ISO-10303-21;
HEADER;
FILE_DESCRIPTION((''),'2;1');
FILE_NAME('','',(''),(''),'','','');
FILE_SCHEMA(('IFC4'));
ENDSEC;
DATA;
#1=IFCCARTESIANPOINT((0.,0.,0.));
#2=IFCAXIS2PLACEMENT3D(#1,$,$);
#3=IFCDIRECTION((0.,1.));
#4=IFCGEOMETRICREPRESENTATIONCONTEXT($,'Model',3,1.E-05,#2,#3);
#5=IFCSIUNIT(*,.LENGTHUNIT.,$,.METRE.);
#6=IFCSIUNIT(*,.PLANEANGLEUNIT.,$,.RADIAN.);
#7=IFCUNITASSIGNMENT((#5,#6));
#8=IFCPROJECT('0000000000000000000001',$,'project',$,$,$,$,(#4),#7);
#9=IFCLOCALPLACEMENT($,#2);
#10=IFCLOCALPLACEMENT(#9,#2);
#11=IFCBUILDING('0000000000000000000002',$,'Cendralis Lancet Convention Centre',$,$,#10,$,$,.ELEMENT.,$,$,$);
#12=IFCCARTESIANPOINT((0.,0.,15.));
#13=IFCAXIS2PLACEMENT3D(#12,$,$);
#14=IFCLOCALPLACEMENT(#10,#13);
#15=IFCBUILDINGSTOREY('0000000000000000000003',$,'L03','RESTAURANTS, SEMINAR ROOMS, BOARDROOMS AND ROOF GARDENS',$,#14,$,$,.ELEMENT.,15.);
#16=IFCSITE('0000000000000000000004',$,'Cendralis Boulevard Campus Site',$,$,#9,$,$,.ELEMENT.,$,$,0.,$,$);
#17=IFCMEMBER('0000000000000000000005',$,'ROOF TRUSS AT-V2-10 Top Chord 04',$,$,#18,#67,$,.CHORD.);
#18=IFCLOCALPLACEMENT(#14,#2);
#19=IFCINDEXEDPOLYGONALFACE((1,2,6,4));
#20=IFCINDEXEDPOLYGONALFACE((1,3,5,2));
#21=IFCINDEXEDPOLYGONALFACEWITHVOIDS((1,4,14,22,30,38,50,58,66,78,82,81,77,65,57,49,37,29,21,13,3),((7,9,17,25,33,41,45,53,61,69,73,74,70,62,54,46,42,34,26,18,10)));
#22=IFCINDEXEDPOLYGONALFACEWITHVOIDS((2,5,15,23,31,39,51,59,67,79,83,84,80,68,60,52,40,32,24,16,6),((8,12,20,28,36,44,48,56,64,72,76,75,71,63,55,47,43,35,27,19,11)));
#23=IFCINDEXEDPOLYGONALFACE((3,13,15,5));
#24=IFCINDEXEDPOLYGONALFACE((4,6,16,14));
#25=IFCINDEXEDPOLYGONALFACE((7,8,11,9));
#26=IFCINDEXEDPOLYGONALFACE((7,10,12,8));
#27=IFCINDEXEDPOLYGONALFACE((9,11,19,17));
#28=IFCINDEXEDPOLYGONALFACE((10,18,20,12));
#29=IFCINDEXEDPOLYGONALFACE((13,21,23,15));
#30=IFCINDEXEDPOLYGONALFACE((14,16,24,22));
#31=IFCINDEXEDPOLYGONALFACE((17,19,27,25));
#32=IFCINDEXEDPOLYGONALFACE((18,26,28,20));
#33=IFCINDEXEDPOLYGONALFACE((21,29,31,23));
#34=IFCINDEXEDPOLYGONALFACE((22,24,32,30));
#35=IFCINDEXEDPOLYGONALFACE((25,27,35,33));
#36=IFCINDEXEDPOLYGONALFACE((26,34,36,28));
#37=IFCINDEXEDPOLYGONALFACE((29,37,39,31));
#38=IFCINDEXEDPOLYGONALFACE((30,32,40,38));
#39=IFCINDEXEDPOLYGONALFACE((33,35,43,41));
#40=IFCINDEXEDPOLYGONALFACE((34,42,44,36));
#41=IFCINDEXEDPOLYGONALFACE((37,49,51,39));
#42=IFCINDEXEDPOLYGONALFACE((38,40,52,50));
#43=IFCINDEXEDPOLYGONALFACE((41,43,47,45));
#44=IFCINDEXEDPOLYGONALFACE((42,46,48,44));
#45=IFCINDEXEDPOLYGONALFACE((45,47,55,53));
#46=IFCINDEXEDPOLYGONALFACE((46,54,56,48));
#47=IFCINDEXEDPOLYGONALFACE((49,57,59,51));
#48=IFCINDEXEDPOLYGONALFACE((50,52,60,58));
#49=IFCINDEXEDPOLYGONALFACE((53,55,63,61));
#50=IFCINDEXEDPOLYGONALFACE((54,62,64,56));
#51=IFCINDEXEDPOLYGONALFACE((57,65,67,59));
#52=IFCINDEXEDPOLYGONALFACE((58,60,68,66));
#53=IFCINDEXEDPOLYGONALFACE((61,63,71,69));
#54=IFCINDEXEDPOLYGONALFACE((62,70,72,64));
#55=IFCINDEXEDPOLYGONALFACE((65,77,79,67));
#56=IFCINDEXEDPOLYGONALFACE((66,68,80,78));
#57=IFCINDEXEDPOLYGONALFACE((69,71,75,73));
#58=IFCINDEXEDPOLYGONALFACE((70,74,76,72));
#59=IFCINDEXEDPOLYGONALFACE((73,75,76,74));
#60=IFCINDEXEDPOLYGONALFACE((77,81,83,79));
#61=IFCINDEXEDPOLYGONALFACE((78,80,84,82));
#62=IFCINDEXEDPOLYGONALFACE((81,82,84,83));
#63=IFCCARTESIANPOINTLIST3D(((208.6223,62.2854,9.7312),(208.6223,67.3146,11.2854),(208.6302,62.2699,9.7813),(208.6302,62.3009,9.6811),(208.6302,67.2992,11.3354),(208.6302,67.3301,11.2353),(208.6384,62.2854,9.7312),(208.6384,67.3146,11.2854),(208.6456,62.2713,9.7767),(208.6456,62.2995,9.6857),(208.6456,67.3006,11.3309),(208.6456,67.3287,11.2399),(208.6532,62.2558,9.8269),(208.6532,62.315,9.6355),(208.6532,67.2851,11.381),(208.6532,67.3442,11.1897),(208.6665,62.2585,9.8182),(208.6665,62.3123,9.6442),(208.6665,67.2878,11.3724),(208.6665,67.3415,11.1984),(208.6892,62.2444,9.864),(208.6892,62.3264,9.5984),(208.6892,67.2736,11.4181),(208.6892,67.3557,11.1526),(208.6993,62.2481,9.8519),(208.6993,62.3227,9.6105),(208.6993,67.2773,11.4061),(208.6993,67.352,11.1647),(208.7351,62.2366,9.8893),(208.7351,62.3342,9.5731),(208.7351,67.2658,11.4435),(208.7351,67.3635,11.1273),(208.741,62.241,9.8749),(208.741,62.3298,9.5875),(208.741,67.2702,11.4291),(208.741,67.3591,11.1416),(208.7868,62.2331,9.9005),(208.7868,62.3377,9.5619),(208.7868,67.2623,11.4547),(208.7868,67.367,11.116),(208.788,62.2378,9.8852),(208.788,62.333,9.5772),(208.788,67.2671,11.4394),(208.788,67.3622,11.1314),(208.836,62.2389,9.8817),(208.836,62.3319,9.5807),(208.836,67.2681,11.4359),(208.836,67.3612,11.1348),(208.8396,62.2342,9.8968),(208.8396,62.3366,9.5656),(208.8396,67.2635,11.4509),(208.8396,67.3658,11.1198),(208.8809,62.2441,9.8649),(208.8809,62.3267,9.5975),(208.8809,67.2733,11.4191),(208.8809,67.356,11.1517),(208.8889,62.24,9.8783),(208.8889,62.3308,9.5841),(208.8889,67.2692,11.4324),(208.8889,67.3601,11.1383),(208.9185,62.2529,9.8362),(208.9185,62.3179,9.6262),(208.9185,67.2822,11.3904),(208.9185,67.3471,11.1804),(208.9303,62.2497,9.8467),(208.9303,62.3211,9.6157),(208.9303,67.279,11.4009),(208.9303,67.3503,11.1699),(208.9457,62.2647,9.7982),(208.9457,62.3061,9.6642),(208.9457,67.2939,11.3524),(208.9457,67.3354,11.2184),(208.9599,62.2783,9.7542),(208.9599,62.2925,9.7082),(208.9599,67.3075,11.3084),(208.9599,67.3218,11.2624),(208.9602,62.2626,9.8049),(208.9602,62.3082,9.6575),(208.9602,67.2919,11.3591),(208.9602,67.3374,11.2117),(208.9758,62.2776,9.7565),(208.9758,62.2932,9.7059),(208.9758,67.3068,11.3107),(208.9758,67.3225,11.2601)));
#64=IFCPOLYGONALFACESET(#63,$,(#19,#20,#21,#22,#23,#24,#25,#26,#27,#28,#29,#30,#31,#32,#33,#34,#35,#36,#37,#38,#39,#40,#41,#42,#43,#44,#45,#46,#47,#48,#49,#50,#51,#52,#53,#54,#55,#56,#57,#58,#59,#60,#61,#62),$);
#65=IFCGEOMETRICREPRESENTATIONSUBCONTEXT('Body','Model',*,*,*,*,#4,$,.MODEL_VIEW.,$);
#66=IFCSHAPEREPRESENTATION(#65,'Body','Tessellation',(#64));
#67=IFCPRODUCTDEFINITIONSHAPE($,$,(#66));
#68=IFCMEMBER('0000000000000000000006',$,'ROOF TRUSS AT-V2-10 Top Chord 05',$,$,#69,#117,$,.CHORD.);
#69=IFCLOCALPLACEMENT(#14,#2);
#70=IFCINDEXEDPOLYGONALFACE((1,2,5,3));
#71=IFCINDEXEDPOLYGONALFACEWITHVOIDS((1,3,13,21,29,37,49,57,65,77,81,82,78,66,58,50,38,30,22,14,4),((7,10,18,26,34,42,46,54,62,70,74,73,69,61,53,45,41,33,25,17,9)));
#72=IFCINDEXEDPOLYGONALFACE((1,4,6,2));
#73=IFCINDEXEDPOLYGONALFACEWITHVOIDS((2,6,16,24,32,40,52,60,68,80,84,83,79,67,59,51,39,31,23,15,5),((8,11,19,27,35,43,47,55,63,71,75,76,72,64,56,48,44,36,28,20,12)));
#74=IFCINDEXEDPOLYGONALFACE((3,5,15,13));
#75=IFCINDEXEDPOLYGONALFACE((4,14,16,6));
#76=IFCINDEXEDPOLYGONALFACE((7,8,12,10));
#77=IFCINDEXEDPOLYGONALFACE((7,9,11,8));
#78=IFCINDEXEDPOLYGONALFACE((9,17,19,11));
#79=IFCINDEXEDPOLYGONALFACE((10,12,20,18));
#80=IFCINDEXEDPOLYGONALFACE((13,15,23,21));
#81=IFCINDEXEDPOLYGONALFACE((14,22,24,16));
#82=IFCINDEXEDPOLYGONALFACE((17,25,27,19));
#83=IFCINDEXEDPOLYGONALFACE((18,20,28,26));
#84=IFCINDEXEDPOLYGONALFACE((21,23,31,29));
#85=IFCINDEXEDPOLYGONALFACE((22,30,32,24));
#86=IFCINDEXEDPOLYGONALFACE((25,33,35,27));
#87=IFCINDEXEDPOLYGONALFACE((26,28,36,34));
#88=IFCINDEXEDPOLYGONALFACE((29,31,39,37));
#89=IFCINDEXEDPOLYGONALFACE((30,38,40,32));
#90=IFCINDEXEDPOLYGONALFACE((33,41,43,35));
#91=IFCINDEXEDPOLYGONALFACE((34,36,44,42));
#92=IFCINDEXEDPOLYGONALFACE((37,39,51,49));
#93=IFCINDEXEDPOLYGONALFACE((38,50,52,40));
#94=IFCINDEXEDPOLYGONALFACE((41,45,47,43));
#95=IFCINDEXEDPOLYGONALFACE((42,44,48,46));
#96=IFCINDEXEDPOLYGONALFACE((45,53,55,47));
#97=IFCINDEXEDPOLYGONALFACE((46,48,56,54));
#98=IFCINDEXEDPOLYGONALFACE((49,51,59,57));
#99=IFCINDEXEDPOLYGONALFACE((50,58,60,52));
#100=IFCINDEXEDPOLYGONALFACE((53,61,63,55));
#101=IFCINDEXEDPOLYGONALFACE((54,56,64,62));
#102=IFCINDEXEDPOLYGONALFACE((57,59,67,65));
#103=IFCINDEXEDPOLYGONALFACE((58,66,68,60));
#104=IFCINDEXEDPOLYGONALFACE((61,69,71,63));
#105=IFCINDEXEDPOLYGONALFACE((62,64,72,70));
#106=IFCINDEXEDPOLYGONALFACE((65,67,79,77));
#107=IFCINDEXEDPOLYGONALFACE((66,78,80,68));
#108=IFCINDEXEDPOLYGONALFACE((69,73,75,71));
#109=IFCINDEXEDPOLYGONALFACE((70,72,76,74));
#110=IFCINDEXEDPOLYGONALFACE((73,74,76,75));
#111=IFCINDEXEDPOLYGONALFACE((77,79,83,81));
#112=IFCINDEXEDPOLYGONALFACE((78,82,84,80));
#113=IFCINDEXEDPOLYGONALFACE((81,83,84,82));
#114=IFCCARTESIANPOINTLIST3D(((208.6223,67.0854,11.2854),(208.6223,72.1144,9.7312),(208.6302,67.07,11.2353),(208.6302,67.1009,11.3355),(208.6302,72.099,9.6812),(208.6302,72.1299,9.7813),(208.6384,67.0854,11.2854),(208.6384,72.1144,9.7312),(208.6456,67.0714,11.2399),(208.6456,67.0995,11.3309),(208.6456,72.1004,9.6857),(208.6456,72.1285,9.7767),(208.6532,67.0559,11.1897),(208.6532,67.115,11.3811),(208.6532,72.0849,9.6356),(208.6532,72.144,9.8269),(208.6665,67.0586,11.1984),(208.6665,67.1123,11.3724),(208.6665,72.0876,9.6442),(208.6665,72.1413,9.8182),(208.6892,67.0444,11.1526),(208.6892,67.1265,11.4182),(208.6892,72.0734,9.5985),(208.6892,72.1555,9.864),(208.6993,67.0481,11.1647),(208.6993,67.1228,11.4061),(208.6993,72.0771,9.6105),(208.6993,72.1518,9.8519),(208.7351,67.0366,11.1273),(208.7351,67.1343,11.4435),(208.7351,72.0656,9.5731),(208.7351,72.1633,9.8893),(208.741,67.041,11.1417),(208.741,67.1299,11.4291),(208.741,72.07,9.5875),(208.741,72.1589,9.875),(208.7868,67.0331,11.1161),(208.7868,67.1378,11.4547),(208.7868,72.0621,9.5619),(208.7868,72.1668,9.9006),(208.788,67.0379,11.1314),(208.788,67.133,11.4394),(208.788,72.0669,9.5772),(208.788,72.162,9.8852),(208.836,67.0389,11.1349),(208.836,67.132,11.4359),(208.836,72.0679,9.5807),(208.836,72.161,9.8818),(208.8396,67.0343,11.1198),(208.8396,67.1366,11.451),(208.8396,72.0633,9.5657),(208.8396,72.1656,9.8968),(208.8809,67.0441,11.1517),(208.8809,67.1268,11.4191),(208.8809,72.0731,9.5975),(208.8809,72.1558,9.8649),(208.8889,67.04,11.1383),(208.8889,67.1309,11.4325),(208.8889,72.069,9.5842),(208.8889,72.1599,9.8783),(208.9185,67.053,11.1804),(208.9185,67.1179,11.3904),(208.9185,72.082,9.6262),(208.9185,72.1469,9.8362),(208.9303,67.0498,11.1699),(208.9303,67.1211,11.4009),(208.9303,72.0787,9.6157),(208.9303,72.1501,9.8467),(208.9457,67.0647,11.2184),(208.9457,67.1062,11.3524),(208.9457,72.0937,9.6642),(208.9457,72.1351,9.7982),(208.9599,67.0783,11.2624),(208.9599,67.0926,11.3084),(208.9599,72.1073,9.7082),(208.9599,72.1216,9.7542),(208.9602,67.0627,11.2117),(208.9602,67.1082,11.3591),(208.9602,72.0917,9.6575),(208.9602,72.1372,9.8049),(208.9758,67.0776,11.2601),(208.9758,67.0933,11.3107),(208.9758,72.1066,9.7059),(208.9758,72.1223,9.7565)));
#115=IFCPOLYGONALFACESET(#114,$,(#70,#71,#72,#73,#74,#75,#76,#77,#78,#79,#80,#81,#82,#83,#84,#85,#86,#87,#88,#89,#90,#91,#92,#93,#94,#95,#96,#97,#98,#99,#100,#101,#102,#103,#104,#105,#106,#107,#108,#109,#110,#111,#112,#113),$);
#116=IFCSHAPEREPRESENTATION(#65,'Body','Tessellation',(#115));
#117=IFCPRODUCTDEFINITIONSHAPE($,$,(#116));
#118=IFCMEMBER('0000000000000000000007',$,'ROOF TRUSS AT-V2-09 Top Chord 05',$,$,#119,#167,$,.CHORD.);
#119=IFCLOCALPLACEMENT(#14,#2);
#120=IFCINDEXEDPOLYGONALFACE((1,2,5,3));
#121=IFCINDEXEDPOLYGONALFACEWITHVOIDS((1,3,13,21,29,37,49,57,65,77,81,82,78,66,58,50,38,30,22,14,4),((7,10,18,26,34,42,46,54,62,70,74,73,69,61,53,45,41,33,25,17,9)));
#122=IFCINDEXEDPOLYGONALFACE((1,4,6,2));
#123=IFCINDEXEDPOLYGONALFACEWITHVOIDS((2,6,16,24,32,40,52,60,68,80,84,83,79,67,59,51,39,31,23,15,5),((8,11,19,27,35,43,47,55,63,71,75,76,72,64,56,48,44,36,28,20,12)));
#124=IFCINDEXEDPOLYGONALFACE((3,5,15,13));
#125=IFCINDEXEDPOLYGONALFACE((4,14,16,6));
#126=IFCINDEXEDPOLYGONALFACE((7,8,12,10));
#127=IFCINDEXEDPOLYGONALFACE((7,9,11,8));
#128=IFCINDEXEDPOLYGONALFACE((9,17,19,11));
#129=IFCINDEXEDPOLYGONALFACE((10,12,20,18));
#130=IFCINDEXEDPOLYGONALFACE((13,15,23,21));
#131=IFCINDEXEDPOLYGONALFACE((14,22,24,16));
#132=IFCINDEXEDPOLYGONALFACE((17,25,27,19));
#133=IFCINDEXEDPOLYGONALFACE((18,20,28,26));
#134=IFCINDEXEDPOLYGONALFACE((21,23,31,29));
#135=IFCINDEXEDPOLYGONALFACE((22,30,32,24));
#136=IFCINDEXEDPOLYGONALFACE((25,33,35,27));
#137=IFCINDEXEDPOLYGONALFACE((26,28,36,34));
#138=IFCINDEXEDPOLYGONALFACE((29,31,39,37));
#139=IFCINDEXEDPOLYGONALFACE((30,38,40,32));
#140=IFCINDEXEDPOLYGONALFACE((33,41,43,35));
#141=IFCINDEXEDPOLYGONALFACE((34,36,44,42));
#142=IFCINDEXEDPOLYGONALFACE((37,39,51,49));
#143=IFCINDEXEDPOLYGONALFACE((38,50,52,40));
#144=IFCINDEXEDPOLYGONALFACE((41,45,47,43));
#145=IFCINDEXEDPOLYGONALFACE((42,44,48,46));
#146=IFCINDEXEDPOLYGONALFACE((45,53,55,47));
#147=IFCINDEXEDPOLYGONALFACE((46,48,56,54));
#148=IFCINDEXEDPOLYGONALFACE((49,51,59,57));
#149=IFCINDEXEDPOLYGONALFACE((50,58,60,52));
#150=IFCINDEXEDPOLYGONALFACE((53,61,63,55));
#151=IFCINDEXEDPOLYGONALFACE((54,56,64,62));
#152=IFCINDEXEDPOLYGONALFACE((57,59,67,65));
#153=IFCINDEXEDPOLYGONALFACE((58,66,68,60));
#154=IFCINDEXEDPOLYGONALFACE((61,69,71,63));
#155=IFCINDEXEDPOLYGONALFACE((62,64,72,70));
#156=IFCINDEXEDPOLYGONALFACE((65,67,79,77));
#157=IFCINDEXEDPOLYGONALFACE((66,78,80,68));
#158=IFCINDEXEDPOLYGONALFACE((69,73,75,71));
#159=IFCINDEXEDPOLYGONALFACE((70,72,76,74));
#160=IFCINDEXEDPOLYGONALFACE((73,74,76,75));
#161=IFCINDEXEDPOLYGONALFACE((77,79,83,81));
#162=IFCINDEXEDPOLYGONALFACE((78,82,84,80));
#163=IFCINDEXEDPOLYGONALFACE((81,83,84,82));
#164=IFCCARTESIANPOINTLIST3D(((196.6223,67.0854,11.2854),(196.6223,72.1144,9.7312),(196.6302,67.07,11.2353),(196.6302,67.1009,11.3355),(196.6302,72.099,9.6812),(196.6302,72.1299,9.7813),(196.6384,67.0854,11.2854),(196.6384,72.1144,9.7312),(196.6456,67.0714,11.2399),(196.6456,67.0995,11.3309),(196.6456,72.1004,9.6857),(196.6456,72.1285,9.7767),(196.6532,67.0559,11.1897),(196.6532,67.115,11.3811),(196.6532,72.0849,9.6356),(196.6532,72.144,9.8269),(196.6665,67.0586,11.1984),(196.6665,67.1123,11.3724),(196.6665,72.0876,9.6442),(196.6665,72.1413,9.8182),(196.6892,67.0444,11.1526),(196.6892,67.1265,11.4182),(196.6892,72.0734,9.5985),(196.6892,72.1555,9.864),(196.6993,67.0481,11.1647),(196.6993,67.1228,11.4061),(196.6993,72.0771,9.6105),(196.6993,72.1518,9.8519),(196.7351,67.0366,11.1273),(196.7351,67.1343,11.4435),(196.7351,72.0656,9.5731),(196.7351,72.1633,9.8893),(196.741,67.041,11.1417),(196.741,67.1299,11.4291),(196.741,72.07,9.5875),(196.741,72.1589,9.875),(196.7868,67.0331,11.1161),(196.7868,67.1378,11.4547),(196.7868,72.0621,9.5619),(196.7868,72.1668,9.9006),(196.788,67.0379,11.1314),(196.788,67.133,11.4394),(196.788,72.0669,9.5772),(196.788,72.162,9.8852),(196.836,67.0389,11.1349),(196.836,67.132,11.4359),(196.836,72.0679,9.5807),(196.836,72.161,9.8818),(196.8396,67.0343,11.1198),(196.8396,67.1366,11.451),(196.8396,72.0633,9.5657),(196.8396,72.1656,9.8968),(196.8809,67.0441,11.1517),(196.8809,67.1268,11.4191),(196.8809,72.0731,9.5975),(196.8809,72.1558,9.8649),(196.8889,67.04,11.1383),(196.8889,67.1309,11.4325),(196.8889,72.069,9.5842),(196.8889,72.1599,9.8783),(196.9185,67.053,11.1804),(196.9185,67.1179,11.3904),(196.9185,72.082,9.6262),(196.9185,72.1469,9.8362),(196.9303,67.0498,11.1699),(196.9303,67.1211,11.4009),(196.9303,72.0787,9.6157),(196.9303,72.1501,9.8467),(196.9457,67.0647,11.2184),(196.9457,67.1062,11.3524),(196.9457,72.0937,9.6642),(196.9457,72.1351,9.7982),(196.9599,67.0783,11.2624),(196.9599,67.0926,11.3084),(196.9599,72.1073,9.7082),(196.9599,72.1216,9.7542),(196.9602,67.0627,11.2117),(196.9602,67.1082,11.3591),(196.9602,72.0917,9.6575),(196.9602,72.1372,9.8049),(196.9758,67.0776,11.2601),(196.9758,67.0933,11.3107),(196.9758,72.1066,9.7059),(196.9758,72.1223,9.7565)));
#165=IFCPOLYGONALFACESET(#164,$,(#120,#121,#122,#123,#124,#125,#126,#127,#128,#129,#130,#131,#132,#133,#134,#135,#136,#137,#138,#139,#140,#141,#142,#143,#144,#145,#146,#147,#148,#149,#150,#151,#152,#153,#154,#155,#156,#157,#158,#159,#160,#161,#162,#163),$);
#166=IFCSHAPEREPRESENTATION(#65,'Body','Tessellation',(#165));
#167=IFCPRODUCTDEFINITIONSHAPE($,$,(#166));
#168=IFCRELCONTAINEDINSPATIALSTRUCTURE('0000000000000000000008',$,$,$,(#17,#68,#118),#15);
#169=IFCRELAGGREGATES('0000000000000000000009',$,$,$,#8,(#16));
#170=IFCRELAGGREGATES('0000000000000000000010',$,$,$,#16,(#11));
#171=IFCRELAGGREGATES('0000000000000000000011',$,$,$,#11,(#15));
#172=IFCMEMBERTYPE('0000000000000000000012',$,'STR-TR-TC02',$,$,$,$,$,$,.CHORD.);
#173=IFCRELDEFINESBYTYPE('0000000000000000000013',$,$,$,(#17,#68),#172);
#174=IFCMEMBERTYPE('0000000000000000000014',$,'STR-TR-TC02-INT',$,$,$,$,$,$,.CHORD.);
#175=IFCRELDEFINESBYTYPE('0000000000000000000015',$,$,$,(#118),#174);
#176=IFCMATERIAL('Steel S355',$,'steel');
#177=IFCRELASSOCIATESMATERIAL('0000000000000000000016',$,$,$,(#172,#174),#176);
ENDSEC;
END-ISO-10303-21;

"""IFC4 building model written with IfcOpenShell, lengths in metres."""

from ifc_helpers import new_model, si_unit, direction, frame, origin, origin_2d, place, context, subcontext, project, spatial, hollow_circle, extrude, material, material_profile, profile_set, type_object, element, save


model = new_model("IFC4")

# Units and contexts
model_context = context("Model", 3, precision=1e-05, world=origin(), true_north=direction((0.0, 1.0)))
body_context = subcontext(model_context, "Body", "Model", "MODEL_VIEW")
ifc_project = project(units=[si_unit("LENGTHUNIT", "METRE"), si_unit("PLANEANGLEUNIT", "RADIAN")], contexts=[model_context])

# Site, building, storey
site_placement = place(None, origin())
site = spatial("IfcSite", under=ifc_project, at=site_placement, Name="Cendralis Boulevard Campus Site", CompositionType="ELEMENT", RefElevation=0.0)
building_placement = place(site_placement, origin())
building = spatial("IfcBuilding", under=site, at=building_placement, Name="Cendralis Lancet Convention Centre", CompositionType="ELEMENT")
storey_placement = place(building_placement, frame((0.0, 0.0, 15.0)))
storey = spatial("IfcBuildingStorey", under=building, at=storey_placement, Name="L03", Description="RESTAURANTS, SEMINAR ROOMS, BOARDROOMS AND ROOF GARDENS", CompositionType="ELEMENT", Elevation=15.0)

# Shared definitions
ifc_material_1 = material(Name="Steel S355", Category="steel")

# Members
ifc_material_profile_1 = material_profile(ifc_material_1, hollow_circle(Radius=0.1777, WallThickness=0.0161, at=origin_2d()), Name="CHS 355.6x16.0")
ifc_profile_set_1 = profile_set([ifc_material_profile_1], Name="Steel S355")
member_type_1 = type_object("IfcMemberType", Name="STR-TR-TC02", PredefinedType="CHORD", material=ifc_profile_set_1)
member_1_placement = place(storey_placement, frame((208.8, 62.2854, 9.7312), z_axis=(0.0, 0.955419, 0.295252), x_axis=(-1.0, 0.0, 0.0)))
element("IfcMember", 1, at=member_1_placement, inside=storey, type_object=member_type_1, Name="ROOF TRUSS AT-V2-10 Top Chord 04", PredefinedType="CHORD", context=body_context, shape_type="SweptSolid", body=[
    extrude(hollow_circle(Radius=0.1777, WallThickness=0.0161, at=origin_2d()), origin(), (0.0, 0.0, 1.0), 5.2639),
])
member_2_placement = place(storey_placement, frame((208.8, 67.0854, 11.2854), z_axis=(0.0, 0.955415, -0.295265), x_axis=(-1.0, 0.0, 0.0)))
element("IfcMember", 2, at=member_2_placement, inside=storey, type_object=member_type_1, Name="ROOF TRUSS AT-V2-10 Top Chord 05", PredefinedType="CHORD", context=body_context, shape_type="SweptSolid", body=[
    extrude(hollow_circle(Radius=0.1777, WallThickness=0.0161, at=origin_2d()), origin(), (0.0, 0.0, 1.0), 5.2637),
])
ifc_material_profile_2 = material_profile(ifc_material_1, hollow_circle(Radius=0.1777, WallThickness=0.0161, at=origin_2d()), Name="CHS 355.6x16.0")
ifc_profile_set_2 = profile_set([ifc_material_profile_2], Name="Steel S355")
member_type_2 = type_object("IfcMemberType", Name="STR-TR-TC02-INT", PredefinedType="CHORD", material=ifc_profile_set_2)
member_3_placement = place(storey_placement, frame((196.8, 67.0854, 11.2854), z_axis=(0.0, 0.955415, -0.295265), x_axis=(-1.0, 0.0, 0.0)))
element("IfcMember", 3, at=member_3_placement, inside=storey, type_object=member_type_2, Name="ROOF TRUSS AT-V2-09 Top Chord 05", PredefinedType="CHORD", context=body_context, shape_type="SweptSolid", body=[
    extrude(hollow_circle(Radius=0.1777, WallThickness=0.0161, at=origin_2d()), origin(), (0.0, 0.0, 1.0), 5.2637),
])

save(model, "model.ifc")
